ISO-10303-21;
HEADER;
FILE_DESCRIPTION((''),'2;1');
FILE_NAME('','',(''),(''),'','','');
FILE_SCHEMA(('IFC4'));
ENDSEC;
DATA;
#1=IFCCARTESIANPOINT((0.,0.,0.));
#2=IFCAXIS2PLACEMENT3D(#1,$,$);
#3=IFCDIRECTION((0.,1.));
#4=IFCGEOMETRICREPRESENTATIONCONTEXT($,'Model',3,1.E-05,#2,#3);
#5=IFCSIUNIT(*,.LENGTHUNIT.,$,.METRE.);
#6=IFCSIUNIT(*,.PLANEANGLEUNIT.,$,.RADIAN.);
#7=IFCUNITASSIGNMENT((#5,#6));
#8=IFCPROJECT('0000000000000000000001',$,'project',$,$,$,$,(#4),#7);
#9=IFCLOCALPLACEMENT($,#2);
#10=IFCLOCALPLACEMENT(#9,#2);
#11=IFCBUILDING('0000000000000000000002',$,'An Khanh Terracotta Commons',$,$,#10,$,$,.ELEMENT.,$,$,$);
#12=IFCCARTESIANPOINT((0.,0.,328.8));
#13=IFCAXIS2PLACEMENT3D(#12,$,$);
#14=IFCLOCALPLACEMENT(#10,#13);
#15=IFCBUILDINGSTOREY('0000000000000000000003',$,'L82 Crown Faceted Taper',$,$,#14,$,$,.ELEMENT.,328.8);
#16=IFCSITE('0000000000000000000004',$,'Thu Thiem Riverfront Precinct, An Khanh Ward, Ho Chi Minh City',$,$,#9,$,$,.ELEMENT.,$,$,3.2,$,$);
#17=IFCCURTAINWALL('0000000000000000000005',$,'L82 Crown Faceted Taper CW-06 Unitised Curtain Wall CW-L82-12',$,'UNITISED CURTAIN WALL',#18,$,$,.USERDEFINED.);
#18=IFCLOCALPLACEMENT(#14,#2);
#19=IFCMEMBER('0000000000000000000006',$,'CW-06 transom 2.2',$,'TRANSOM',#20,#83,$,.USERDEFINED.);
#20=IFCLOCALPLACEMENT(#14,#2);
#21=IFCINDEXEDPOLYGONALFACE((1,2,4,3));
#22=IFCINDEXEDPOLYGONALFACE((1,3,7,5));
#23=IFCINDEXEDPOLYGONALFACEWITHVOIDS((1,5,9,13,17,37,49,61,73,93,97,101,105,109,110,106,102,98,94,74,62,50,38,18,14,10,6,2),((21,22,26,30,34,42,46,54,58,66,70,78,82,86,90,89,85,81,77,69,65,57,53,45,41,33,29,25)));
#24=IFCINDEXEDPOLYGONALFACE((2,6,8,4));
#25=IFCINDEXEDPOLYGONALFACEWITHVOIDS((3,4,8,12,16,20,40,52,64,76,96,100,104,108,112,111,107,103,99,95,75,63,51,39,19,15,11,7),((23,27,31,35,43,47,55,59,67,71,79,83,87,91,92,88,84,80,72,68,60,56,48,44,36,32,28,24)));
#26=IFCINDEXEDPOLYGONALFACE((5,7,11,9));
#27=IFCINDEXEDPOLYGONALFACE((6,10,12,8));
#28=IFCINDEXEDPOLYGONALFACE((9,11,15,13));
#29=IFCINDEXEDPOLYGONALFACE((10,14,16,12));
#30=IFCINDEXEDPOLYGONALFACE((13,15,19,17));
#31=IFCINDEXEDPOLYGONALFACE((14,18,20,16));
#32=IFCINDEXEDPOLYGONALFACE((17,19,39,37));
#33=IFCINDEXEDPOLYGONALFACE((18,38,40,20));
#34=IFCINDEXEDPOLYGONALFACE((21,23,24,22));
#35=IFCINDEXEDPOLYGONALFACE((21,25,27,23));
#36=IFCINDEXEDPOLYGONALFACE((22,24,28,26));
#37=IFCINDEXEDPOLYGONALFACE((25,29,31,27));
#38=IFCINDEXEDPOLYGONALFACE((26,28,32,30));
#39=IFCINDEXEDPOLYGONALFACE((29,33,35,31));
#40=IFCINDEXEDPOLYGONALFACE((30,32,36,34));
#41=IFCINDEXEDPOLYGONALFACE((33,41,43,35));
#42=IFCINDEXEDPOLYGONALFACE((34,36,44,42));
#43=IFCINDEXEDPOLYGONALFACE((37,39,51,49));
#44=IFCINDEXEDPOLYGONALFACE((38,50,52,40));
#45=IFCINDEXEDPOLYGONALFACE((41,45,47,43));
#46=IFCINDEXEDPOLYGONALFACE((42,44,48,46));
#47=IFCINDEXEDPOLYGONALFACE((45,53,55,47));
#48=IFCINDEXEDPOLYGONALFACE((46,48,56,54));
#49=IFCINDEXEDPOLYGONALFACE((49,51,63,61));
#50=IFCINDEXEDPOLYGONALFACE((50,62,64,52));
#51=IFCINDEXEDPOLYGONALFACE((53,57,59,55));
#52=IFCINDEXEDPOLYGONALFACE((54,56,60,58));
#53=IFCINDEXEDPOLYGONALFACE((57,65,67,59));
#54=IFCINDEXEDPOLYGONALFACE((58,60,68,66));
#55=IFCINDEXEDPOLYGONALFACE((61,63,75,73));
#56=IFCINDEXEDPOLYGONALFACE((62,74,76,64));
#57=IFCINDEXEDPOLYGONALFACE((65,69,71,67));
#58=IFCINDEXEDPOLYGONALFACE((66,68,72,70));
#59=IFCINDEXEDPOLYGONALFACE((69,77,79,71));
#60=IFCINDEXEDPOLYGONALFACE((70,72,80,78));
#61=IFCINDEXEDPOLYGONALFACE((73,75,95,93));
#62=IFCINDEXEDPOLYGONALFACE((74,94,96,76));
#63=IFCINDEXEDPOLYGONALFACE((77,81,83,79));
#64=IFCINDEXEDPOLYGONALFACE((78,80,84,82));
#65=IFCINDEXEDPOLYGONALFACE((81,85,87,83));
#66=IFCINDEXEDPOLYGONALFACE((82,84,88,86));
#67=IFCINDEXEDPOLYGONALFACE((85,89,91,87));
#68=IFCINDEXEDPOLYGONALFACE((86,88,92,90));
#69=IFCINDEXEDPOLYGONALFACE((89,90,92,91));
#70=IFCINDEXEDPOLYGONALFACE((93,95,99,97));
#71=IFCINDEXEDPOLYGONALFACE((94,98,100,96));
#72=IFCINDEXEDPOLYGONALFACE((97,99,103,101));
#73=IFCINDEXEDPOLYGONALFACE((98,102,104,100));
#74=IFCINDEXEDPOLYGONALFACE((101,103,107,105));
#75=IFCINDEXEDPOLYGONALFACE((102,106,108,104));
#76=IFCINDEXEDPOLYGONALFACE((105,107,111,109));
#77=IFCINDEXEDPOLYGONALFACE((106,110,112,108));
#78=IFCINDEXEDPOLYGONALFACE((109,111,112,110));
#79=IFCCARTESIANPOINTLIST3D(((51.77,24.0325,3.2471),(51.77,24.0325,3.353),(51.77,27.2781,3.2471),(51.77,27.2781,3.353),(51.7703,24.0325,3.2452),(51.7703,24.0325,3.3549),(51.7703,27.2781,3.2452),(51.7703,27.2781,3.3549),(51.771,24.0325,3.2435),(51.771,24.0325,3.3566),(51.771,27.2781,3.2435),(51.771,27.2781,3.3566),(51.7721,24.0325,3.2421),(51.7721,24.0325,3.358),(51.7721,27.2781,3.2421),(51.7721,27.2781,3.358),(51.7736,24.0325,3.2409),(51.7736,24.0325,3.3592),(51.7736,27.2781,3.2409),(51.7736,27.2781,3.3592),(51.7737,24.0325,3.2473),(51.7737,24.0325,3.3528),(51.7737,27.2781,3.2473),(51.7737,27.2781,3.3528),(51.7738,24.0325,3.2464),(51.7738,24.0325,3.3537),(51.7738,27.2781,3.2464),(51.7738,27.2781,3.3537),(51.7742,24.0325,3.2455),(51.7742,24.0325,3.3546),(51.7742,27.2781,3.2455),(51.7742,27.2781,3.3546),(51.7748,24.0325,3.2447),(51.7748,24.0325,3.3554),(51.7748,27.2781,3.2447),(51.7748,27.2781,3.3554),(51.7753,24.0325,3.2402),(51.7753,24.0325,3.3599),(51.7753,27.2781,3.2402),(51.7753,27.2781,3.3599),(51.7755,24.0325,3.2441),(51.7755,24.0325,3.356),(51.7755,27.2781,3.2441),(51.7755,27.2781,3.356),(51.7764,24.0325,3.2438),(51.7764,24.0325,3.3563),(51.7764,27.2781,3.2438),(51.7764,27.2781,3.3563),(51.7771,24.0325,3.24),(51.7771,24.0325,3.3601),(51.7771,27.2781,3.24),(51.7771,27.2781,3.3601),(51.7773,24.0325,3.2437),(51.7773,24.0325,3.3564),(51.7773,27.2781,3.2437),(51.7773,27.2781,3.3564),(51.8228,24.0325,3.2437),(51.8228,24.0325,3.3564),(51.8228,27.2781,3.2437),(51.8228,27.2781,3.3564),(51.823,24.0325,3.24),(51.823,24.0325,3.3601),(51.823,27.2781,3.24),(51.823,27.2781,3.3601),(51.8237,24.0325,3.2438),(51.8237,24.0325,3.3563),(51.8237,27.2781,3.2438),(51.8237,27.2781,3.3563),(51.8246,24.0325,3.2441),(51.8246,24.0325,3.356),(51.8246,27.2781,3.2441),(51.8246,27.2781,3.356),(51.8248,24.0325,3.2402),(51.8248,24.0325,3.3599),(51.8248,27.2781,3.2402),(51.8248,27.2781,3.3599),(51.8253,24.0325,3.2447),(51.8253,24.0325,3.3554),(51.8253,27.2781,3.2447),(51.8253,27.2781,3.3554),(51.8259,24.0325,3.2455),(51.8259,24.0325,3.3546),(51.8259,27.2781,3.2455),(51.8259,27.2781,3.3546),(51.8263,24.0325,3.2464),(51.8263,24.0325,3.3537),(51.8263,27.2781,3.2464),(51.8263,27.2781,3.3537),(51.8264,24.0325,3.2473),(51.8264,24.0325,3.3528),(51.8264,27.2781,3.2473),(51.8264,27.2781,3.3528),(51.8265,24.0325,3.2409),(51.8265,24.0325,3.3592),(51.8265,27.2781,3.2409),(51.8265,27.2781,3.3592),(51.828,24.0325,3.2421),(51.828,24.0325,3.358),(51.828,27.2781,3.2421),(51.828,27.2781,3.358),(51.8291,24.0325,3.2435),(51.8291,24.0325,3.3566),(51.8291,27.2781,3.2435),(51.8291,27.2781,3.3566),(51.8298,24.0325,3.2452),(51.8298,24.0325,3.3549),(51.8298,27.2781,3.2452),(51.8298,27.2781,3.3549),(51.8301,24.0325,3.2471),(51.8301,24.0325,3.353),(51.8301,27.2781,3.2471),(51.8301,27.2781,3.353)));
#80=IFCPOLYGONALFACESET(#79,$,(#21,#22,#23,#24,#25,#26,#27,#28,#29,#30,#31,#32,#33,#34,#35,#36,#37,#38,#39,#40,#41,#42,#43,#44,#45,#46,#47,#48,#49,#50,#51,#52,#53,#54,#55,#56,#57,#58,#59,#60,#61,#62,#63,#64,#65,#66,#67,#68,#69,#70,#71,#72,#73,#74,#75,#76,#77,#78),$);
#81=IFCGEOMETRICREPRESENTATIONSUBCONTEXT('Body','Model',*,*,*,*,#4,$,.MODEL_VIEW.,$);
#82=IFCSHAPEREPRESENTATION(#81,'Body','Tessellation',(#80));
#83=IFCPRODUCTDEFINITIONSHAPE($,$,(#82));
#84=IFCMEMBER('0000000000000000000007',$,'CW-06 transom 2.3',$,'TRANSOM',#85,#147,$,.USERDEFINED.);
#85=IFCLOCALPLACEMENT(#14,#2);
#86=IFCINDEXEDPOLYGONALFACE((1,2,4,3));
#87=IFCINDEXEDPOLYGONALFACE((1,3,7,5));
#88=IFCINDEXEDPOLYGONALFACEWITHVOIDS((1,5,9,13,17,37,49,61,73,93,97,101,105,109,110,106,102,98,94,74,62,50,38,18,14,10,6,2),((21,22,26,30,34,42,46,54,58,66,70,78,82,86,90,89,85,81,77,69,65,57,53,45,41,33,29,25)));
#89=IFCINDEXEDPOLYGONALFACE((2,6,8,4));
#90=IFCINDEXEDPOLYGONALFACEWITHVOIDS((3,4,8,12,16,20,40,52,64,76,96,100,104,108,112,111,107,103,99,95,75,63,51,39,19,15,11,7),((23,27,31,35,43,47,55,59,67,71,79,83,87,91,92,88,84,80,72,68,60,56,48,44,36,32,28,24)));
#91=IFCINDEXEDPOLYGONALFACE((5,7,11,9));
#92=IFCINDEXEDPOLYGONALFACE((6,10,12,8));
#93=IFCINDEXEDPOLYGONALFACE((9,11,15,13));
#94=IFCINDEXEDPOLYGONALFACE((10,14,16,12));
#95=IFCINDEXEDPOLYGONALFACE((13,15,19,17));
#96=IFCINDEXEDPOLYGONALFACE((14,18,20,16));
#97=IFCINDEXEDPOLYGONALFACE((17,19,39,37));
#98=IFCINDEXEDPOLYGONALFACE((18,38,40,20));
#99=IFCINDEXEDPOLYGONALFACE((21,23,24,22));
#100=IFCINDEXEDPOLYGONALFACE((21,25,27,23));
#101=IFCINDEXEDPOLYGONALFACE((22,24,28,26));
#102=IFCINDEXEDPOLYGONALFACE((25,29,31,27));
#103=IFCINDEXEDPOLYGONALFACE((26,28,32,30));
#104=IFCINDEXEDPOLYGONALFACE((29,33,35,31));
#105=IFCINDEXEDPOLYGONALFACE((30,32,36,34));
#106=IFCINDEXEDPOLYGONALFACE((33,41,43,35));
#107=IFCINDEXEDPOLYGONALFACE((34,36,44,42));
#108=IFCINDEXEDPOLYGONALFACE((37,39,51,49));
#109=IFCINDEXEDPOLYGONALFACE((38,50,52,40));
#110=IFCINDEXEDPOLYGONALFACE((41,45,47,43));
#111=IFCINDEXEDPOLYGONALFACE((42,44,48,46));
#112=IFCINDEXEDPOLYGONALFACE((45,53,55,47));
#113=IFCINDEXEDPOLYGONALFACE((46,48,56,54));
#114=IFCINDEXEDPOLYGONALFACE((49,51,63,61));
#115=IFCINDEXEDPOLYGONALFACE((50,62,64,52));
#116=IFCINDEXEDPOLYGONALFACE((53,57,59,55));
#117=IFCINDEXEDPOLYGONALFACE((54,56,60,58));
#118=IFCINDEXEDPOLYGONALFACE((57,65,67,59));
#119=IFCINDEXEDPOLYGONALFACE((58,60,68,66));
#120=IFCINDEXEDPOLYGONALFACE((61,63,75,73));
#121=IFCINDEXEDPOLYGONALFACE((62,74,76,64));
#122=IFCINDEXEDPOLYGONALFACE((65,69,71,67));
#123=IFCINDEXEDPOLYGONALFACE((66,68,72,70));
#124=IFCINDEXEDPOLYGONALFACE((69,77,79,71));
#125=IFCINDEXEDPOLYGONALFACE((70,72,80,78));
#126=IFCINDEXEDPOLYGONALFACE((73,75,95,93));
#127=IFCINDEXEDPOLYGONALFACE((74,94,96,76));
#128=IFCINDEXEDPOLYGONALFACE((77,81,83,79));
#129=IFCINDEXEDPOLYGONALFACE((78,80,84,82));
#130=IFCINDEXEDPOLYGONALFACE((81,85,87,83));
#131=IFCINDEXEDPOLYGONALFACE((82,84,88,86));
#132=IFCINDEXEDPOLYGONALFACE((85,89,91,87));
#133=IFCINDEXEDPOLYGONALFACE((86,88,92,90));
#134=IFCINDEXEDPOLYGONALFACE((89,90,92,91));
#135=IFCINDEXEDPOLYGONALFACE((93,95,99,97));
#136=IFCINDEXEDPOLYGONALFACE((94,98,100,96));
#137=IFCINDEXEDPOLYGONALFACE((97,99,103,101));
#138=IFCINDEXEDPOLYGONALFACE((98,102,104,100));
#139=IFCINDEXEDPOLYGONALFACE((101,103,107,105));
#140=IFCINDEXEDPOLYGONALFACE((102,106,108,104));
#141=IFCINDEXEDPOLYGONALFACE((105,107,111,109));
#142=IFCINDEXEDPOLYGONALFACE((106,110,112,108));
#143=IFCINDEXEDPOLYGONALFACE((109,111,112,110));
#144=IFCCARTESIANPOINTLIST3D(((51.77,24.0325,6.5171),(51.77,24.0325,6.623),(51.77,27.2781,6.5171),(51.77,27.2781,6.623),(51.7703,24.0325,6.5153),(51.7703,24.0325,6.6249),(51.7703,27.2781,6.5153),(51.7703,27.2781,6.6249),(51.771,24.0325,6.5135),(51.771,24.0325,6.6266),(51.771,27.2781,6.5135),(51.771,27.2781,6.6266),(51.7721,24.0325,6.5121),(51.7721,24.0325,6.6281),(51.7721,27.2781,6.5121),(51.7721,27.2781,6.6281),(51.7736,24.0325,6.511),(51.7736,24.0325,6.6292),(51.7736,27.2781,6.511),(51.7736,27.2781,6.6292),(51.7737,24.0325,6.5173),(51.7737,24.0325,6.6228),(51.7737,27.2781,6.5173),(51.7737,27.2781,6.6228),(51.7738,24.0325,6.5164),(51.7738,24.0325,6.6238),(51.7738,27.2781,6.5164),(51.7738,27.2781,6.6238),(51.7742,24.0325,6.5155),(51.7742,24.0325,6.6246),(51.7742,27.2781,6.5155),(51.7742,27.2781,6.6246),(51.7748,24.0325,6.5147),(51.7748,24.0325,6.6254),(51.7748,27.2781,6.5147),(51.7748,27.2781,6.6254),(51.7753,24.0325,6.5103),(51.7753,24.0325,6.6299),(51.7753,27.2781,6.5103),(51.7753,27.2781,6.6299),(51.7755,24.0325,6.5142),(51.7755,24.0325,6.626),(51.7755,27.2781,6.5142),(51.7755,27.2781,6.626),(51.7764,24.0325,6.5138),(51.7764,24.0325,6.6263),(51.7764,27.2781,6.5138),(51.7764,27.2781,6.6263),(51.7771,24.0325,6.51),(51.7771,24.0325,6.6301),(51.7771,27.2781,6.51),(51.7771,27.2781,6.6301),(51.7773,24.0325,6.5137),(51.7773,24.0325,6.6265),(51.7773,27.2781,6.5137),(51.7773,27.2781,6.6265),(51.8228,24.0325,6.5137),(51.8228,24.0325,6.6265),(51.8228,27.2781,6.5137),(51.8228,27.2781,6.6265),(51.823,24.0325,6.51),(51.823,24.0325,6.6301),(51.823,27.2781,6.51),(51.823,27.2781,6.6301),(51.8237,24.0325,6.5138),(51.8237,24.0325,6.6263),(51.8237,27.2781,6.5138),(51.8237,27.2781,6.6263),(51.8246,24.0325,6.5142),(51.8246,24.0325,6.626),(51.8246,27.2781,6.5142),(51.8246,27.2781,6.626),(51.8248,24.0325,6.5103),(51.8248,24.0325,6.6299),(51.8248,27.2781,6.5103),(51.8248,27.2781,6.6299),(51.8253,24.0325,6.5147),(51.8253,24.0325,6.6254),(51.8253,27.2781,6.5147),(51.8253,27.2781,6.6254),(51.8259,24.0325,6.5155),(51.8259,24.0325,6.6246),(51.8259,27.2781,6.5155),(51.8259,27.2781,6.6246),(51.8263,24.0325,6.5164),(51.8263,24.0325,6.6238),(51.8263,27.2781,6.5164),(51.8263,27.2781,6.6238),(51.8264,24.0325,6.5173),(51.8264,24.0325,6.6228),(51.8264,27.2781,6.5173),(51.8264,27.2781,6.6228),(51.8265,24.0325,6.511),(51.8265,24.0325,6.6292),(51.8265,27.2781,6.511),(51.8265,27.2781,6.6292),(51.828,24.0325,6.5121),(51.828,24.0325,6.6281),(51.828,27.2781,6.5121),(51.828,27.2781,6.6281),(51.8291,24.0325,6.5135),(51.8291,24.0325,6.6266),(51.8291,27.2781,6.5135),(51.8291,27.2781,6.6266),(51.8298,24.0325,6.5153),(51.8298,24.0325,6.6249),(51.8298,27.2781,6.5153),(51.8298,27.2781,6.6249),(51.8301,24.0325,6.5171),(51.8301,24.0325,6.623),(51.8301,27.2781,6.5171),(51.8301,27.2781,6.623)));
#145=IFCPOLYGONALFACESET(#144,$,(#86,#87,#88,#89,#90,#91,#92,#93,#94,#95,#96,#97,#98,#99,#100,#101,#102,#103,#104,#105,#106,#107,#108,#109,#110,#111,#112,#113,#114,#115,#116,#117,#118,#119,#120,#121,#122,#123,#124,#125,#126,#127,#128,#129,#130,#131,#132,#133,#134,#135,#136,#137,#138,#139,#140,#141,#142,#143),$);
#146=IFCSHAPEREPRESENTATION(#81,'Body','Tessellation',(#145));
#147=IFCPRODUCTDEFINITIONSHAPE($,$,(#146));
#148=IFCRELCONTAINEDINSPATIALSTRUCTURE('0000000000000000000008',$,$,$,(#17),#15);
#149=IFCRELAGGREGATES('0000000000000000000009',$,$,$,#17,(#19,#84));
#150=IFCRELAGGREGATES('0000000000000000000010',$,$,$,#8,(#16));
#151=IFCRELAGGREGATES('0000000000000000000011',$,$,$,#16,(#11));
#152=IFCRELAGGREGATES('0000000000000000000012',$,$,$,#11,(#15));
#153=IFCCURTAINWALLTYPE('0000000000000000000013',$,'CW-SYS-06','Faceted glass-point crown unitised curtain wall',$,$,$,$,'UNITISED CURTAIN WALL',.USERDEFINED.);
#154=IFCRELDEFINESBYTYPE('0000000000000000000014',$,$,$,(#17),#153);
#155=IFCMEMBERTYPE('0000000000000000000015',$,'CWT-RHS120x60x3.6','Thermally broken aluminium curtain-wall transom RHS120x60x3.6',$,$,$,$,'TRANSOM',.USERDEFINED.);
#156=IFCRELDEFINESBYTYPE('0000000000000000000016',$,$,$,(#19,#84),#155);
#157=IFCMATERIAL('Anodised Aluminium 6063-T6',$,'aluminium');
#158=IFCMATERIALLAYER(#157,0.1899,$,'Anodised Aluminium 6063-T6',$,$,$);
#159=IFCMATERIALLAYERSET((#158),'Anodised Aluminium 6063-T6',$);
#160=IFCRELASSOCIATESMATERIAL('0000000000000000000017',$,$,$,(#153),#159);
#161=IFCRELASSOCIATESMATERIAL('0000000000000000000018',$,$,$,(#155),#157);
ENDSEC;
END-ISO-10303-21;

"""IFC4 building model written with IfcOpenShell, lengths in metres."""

from ifc_helpers import new_model, si_unit, direction, frame, origin, origin_2d, place, context, subcontext, project, spatial, hollow_rectangle, extrude, material, layer, layer_set, material_profile, profile_set, type_object, element, aggregate, save


model = new_model("IFC4")

# Units and contexts
model_context = context("Model", 3, precision=1e-05, world=origin(), true_north=direction((0.0, 1.0)))
body_context = subcontext(model_context, "Body", "Model", "MODEL_VIEW")
ifc_project = project(units=[si_unit("LENGTHUNIT", "METRE"), si_unit("PLANEANGLEUNIT", "RADIAN")], contexts=[model_context])

# Site, building, storey
site_placement = place(None, origin())
site = spatial("IfcSite", under=ifc_project, at=site_placement, Name="Thu Thiem Riverfront Precinct, An Khanh Ward, Ho Chi Minh City", CompositionType="ELEMENT", RefElevation=3.2)
building_placement = place(site_placement, origin())
building = spatial("IfcBuilding", under=site, at=building_placement, Name="An Khanh Terracotta Commons", CompositionType="ELEMENT")
storey_placement = place(building_placement, frame((0.0, 0.0, 328.8)))
storey = spatial("IfcBuildingStorey", under=building, at=storey_placement, Name="L82 Crown Faceted Taper", CompositionType="ELEMENT", Elevation=328.8)

# Curtain wall
ifc_material_1 = material(Name="Anodised Aluminium 6063-T6", Category="aluminium")
ifc_layer_1 = layer(ifc_material_1, 0.1899, Name="Anodised Aluminium 6063-T6")
ifc_layer_set_1 = layer_set([ifc_layer_1], Name="Anodised Aluminium 6063-T6")
curtain_wall_type = type_object("IfcCurtainWallType", Name="CW-SYS-06", Description="Faceted glass-point crown unitised curtain wall", ElementType="UNITISED CURTAIN WALL", PredefinedType="USERDEFINED", material=ifc_layer_set_1)
curtain_wall_1_placement = place(storey_placement, origin())
curtain_wall_1 = element("IfcCurtainWall", 1, at=curtain_wall_1_placement, inside=storey, type_object=curtain_wall_type, Name="L82 Crown Faceted Taper CW-06 Unitised Curtain Wall CW-L82-12", ObjectType="UNITISED CURTAIN WALL", PredefinedType="USERDEFINED")

# Members
ifc_material_profile_1 = material_profile(ifc_material_1, hollow_rectangle(XDim=0.0601, YDim=0.1201, WallThickness=0.0037, InnerFilletRadius=0.0037, OuterFilletRadius=0.0071, at=origin_2d()), Name="RHS120x60x3.6")
ifc_profile_set_1 = profile_set([ifc_material_profile_1], Name="Anodised Aluminium 6063-T6")
member_type_1 = type_object("IfcMemberType", Name="CWT-RHS120x60x3.6", Description="Thermally broken aluminium curtain-wall transom RHS120x60x3.6", ElementType="TRANSOM", PredefinedType="USERDEFINED", material=ifc_profile_set_1)
member_1_placement = place(storey_placement, frame((51.8, 24.0325, 3.3), z_axis=(0.0, 1.0, 0.0), x_axis=(-1.0, 0.0, 0.0)))
member_1 = element("IfcMember", 2, at=member_1_placement, type_object=member_type_1, Name="CW-06 transom 2.2", ObjectType="TRANSOM", PredefinedType="USERDEFINED", context=body_context, shape_type="SweptSolid", body=[
    extrude(hollow_rectangle(XDim=0.0601, YDim=0.1201, WallThickness=0.0037, InnerFilletRadius=0.0037, OuterFilletRadius=0.0071, at=origin_2d()), origin(), (0.0, 0.0, 1.0), 3.2456),
])
member_2_placement = place(storey_placement, frame((51.8, 24.0325, 6.5701), z_axis=(0.0, 1.0, 0.0), x_axis=(-1.0, 0.0, 0.0)))
member_2 = element("IfcMember", 3, at=member_2_placement, type_object=member_type_1, Name="CW-06 transom 2.3", ObjectType="TRANSOM", PredefinedType="USERDEFINED", context=body_context, shape_type="SweptSolid", body=[
    extrude(hollow_rectangle(XDim=0.0601, YDim=0.1201, WallThickness=0.0037, InnerFilletRadius=0.0037, OuterFilletRadius=0.0071, at=origin_2d()), origin(), (0.0, 0.0, 1.0), 3.2456),
])

aggregate(curtain_wall_1, [member_1, member_2])

save(model, "model.ifc")
